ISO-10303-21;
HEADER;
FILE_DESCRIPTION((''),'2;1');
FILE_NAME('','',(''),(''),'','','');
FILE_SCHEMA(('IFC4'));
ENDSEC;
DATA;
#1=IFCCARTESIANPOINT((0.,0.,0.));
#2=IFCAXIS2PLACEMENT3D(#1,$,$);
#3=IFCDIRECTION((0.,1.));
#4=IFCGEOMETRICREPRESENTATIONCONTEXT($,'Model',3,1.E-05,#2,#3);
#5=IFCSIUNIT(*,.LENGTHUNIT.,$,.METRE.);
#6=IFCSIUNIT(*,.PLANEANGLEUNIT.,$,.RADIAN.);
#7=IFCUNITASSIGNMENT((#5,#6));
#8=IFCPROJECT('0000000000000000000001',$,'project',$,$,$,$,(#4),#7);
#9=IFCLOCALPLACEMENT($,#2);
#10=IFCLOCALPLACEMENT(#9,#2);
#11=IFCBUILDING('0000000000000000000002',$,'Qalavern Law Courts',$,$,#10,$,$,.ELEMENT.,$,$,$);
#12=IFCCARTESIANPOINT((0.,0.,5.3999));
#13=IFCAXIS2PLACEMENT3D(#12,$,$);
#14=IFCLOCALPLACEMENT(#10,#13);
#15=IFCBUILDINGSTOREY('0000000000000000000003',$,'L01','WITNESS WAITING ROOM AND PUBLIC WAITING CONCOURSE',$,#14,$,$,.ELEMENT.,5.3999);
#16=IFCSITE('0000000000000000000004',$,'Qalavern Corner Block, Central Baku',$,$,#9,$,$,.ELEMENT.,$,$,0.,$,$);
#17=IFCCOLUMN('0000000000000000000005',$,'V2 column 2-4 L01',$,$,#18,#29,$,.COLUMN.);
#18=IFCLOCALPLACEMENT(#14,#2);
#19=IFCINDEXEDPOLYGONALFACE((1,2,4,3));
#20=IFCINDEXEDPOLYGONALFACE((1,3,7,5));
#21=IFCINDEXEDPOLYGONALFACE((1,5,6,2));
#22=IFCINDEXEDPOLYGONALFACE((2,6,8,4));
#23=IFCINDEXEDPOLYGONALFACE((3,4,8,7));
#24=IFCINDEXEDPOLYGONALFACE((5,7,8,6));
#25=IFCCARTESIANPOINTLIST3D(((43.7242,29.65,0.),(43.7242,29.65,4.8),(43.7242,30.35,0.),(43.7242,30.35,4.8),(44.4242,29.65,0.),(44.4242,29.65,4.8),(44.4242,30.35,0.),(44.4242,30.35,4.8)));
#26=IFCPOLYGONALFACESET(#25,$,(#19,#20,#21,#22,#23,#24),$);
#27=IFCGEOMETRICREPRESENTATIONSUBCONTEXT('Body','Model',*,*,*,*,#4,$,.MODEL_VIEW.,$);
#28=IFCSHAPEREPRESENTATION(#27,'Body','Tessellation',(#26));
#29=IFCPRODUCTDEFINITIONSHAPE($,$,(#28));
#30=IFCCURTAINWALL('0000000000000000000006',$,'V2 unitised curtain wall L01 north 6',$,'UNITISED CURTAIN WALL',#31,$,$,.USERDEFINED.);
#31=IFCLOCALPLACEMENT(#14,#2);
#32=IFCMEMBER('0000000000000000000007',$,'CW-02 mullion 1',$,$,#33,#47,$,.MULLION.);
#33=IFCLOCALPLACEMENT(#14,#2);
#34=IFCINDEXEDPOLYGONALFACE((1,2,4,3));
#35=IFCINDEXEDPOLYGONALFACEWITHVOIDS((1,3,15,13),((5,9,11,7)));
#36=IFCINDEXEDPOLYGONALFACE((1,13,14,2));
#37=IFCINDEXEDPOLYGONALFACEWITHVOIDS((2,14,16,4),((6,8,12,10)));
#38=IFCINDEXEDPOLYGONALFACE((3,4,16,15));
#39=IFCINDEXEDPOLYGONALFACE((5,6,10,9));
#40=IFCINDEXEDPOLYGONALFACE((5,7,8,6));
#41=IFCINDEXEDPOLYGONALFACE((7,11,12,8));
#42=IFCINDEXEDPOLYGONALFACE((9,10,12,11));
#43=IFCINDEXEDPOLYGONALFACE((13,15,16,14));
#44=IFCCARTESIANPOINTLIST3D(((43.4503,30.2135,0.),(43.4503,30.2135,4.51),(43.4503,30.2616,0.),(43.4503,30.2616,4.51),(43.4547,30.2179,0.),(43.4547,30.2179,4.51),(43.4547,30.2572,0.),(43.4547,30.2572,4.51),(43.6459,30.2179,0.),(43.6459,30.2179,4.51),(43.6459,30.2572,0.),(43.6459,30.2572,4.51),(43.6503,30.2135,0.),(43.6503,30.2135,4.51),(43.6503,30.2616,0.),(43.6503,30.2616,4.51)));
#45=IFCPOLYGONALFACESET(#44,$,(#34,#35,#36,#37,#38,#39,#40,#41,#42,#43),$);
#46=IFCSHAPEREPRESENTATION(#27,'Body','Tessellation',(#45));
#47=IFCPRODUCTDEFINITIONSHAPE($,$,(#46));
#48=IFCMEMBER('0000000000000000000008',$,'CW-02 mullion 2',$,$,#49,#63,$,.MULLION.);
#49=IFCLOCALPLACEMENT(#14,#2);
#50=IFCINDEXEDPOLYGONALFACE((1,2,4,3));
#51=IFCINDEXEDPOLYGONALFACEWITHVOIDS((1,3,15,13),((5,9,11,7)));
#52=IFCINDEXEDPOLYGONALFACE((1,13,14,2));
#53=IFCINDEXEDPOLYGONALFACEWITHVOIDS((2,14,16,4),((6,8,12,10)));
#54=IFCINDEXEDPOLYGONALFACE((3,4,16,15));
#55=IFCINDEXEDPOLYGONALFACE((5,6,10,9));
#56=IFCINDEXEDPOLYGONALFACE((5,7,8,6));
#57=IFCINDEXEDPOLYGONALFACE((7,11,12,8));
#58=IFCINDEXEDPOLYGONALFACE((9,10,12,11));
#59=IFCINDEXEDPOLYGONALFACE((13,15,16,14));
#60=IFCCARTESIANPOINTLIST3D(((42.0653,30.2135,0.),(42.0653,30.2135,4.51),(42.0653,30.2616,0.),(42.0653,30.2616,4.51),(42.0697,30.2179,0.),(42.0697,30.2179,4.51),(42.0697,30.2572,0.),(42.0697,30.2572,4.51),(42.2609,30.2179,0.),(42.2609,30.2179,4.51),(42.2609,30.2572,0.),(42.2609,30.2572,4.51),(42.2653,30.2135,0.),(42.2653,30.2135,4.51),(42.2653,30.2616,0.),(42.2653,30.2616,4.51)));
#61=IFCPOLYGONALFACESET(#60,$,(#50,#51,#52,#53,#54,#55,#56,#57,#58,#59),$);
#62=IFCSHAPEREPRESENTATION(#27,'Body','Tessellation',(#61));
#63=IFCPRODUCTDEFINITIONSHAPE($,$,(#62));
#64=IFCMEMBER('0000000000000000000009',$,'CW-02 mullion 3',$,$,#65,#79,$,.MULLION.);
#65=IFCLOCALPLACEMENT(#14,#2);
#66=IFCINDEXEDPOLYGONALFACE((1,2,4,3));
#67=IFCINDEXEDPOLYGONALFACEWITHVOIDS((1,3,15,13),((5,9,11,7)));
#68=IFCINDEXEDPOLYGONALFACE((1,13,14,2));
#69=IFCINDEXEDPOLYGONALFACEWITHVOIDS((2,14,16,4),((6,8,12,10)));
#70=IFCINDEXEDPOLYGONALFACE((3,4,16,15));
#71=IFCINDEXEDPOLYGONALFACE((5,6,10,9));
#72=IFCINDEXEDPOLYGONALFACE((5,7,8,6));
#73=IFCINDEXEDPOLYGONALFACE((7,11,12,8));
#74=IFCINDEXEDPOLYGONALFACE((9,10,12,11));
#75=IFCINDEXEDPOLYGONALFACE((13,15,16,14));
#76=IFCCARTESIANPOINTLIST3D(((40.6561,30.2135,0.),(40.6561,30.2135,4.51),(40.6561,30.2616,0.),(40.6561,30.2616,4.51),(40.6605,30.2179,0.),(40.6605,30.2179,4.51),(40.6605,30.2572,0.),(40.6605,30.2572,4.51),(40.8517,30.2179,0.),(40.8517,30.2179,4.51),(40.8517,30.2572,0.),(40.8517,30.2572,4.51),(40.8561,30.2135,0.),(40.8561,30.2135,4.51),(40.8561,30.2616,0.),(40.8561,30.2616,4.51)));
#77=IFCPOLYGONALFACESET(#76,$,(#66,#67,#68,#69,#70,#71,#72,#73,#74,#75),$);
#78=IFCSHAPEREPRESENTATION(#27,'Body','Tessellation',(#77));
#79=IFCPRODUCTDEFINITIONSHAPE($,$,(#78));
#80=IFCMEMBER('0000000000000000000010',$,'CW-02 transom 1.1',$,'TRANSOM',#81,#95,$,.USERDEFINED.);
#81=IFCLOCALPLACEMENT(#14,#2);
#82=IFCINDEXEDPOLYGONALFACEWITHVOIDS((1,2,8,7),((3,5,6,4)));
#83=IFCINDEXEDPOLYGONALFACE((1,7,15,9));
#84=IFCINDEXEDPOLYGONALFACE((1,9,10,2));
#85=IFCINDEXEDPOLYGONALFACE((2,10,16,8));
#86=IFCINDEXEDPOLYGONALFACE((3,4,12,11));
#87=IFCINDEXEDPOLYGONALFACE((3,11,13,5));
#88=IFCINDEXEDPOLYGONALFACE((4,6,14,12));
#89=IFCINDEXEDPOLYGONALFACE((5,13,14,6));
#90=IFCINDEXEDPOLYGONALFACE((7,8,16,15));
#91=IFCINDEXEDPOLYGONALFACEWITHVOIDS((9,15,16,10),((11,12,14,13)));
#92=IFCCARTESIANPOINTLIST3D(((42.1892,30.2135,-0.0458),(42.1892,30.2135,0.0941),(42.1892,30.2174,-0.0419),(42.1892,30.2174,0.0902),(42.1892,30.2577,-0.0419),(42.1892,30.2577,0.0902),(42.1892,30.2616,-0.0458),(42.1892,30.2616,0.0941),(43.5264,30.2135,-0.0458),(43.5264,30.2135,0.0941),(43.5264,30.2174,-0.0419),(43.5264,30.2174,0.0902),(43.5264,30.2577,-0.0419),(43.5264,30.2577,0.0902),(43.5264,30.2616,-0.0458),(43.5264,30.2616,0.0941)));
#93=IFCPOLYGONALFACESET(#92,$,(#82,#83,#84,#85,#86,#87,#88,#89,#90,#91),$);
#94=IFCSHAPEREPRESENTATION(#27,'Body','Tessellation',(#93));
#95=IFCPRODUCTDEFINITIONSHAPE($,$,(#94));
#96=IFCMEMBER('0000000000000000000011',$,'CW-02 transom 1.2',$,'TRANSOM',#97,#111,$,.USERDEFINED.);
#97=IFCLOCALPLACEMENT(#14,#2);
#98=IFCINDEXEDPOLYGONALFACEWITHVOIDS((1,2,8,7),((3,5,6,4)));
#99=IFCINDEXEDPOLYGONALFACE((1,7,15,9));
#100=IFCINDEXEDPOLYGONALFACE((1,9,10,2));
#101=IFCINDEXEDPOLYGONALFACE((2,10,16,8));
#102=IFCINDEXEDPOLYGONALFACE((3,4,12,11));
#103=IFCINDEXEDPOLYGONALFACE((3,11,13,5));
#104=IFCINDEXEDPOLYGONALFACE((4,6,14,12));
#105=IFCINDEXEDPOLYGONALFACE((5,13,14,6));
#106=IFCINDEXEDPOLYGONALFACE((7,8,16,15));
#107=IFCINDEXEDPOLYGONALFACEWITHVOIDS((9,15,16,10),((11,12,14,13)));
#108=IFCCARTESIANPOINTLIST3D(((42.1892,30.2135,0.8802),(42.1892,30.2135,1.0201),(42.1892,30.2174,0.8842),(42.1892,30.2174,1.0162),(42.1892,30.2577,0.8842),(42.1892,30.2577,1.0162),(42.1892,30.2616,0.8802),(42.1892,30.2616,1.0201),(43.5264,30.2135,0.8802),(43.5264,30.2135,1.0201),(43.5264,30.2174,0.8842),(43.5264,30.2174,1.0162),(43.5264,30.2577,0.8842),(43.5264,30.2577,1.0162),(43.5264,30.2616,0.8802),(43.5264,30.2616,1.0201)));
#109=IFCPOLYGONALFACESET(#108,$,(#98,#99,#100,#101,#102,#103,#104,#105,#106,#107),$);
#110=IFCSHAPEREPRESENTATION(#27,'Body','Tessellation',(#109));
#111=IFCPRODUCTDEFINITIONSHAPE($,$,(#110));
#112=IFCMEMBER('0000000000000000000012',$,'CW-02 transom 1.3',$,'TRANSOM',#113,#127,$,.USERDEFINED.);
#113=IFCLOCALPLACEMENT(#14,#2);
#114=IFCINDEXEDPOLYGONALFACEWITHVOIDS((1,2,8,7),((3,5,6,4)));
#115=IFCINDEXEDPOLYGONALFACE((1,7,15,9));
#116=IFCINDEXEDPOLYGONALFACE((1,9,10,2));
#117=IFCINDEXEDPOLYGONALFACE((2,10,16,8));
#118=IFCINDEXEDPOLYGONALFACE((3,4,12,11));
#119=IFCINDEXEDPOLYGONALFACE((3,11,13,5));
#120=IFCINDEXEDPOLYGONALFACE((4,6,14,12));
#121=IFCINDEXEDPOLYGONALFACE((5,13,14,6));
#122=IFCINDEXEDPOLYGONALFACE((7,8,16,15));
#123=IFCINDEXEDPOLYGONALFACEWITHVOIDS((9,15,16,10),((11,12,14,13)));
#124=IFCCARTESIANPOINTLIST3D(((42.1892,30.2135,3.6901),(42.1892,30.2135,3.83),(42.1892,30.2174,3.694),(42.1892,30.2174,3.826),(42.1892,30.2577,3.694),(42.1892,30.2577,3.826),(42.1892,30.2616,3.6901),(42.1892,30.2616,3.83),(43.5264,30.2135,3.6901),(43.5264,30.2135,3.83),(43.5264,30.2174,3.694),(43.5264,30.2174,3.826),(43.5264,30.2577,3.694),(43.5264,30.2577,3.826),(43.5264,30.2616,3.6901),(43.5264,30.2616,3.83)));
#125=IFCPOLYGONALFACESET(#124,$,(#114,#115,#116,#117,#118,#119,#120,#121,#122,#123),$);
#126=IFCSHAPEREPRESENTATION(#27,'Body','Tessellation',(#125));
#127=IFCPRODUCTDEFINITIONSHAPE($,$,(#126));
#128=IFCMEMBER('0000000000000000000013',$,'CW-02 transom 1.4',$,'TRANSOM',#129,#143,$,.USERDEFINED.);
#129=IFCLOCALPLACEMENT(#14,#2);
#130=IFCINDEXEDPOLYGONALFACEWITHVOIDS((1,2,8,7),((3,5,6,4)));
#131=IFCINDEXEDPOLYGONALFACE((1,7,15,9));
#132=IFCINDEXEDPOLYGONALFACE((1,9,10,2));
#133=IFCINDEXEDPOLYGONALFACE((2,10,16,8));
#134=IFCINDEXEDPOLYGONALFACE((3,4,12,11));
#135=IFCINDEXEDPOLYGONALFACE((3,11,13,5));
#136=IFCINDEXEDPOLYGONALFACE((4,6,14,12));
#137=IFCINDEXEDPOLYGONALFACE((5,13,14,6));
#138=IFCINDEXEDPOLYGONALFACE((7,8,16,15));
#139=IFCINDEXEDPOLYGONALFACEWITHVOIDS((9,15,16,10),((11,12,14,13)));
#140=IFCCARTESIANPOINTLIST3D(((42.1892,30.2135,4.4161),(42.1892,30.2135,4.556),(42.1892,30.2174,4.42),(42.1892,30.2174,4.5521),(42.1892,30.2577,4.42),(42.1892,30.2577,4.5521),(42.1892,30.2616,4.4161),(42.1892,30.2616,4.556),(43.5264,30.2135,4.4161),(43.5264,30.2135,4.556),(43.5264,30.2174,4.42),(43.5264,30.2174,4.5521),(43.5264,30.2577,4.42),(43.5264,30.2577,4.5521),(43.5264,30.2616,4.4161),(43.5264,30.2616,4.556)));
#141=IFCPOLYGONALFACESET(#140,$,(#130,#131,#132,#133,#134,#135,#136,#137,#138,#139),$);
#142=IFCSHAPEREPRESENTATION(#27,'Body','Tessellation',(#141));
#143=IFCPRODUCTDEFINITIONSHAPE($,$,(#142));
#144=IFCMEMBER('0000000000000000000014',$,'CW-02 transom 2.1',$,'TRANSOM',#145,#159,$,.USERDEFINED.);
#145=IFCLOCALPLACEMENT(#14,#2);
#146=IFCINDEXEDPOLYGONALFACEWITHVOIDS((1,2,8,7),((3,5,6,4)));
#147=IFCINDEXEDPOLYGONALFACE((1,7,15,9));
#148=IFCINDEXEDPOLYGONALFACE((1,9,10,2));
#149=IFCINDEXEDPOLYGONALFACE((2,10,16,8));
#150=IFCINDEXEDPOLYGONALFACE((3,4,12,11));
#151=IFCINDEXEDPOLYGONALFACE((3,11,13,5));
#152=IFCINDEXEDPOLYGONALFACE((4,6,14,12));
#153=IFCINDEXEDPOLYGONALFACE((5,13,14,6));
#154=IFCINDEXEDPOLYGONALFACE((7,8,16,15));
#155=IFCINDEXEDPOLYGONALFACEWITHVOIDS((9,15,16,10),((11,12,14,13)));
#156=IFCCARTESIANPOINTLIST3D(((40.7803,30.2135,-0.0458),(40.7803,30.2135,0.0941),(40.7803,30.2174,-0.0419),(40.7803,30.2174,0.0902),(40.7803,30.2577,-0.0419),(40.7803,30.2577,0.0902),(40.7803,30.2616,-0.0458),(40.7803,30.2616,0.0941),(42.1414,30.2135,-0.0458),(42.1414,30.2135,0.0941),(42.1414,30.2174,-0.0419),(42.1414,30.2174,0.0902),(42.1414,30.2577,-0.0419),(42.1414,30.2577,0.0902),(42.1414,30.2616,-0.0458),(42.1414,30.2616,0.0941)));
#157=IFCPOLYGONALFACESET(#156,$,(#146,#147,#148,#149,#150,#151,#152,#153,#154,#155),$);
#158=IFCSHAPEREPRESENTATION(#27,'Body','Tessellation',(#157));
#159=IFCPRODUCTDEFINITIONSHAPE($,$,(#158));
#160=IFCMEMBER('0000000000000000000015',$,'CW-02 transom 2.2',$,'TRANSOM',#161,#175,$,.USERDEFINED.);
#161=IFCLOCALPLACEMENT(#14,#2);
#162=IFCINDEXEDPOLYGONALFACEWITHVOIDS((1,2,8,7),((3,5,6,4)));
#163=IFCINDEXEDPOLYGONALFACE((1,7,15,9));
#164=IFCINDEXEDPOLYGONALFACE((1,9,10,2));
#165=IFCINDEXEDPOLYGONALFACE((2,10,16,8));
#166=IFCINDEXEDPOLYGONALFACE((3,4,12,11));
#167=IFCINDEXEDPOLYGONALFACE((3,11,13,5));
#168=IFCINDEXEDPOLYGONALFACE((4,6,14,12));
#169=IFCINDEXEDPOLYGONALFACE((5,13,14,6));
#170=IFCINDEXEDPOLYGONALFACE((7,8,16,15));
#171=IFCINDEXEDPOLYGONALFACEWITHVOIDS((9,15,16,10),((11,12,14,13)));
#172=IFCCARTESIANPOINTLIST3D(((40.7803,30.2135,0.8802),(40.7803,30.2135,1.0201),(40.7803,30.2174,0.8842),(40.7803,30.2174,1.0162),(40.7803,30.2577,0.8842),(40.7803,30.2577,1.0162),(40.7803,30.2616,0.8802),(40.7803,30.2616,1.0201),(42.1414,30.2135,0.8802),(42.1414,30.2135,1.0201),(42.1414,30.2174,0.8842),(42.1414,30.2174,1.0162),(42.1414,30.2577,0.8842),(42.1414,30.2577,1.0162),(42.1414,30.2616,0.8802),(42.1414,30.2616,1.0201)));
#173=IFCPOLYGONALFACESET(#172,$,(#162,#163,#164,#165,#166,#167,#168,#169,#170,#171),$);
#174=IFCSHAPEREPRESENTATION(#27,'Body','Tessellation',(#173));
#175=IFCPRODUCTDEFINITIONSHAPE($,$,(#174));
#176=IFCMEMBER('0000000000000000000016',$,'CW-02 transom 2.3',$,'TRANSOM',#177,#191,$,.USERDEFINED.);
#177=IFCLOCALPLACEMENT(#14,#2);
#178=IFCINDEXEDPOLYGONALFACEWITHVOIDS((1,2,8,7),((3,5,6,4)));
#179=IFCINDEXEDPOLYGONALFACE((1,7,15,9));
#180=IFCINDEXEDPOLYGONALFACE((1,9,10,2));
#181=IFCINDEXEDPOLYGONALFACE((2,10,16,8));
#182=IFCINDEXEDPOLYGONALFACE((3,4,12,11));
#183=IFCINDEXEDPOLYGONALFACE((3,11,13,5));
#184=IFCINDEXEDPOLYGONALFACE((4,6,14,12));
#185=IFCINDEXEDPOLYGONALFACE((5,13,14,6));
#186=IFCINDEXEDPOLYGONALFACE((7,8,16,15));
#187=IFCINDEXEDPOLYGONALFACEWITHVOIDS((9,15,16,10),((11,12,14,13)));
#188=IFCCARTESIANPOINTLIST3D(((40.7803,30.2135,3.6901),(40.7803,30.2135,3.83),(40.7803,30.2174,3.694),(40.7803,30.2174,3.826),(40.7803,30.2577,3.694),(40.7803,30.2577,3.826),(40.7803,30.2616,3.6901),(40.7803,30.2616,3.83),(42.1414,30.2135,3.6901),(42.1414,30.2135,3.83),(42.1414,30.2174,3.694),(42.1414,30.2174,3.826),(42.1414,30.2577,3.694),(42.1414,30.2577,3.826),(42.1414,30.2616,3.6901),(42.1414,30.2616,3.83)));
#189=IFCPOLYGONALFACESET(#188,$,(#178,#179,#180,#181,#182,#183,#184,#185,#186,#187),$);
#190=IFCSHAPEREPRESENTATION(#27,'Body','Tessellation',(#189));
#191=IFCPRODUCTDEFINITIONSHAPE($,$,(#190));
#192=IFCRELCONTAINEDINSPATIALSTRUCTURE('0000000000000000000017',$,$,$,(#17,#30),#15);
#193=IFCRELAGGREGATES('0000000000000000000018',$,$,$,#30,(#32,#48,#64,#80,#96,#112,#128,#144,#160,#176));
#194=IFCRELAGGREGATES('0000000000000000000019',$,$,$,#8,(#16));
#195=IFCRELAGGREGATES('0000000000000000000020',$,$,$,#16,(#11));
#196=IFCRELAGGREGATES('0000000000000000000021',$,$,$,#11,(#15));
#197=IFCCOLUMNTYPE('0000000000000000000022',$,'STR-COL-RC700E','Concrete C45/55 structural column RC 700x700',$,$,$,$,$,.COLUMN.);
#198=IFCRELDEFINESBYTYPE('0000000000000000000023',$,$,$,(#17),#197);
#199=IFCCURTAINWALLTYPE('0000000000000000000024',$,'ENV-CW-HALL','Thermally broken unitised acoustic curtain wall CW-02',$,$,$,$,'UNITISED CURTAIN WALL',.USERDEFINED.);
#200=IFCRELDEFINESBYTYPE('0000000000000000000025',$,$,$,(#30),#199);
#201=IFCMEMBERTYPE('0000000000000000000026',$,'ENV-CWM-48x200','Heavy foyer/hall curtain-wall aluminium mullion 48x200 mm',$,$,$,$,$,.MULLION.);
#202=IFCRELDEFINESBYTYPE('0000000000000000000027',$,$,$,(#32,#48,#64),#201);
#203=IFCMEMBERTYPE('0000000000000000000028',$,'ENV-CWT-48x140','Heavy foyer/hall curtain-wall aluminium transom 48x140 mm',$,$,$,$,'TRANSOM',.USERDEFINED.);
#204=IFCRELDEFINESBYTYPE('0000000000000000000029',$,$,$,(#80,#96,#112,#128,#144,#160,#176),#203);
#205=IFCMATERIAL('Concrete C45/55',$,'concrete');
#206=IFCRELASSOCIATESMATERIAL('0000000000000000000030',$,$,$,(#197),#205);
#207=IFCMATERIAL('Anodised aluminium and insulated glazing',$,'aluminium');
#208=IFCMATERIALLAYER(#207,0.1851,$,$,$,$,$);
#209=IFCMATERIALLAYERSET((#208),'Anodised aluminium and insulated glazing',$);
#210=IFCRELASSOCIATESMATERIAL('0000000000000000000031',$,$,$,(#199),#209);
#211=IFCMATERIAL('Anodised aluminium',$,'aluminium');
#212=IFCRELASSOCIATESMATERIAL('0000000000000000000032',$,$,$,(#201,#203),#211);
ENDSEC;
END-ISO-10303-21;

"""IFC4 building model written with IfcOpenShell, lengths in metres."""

from ifc_helpers import new_model, si_unit, direction, frame, origin, origin_2d, place, context, subcontext, project, spatial, rectangle, hollow_rectangle, extrude, material, layer, layer_set, material_profile, profile_set, type_object, element, aggregate, save


model = new_model("IFC4")

# Units and contexts
model_context = context("Model", 3, precision=1e-05, world=origin(), true_north=direction((0.0, 1.0)))
body_context = subcontext(model_context, "Body", "Model", "MODEL_VIEW")
ifc_project = project(units=[si_unit("LENGTHUNIT", "METRE"), si_unit("PLANEANGLEUNIT", "RADIAN")], contexts=[model_context])

# Site, building, storey
site_placement = place(None, origin())
site = spatial("IfcSite", under=ifc_project, at=site_placement, Name="Qalavern Corner Block, Central Baku", CompositionType="ELEMENT", RefElevation=0.0)
building_placement = place(site_placement, origin())
building = spatial("IfcBuilding", under=site, at=building_placement, Name="Qalavern Law Courts", CompositionType="ELEMENT")
storey_placement = place(building_placement, frame((0.0, 0.0, 5.3999)))
storey = spatial("IfcBuildingStorey", under=building, at=storey_placement, Name="L01", Description="WITNESS WAITING ROOM AND PUBLIC WAITING CONCOURSE", CompositionType="ELEMENT", Elevation=5.3999)

# Column
ifc_material_1 = material(Name="Concrete C45/55", Category="concrete")
ifc_material_profile_1 = material_profile(ifc_material_1, rectangle(XDim=0.7, YDim=0.7, at=origin_2d()), Name="RC 700x700")
ifc_profile_set_1 = profile_set([ifc_material_profile_1], Name="Concrete C45/55")
column_type = type_object("IfcColumnType", Name="STR-COL-RC700E", Description="Concrete C45/55 structural column RC 700x700", PredefinedType="COLUMN", material=ifc_profile_set_1)
column_placement = place(storey_placement, frame((44.0742, 30.0, 0.0), z_axis=(0.0, 0.0, 1.0), x_axis=(1.0, 0.0, 0.0)))
element("IfcColumn", 1, at=column_placement, inside=storey, type_object=column_type, Name="V2 column 2-4 L01", PredefinedType="COLUMN", context=body_context, shape_type="SweptSolid", body=[
    extrude(rectangle(XDim=0.7, YDim=0.7, at=origin_2d()), origin(), (0.0, 0.0, 1.0), 4.8),
])

# Curtain wall, members
ifc_material_2 = material(Name="Anodised aluminium and insulated glazing", Category="aluminium")
ifc_layer_1 = layer(ifc_material_2, 0.1851)
ifc_layer_set_1 = layer_set([ifc_layer_1], Name="Anodised aluminium and insulated glazing")
curtain_wall_type = type_object("IfcCurtainWallType", Name="ENV-CW-HALL", Description="Thermally broken unitised acoustic curtain wall CW-02", ElementType="UNITISED CURTAIN WALL", PredefinedType="USERDEFINED", material=ifc_layer_set_1)
curtain_wall_placement = place(storey_placement, origin())
curtain_wall = element("IfcCurtainWall", 2, at=curtain_wall_placement, inside=storey, type_object=curtain_wall_type, Name="V2 unitised curtain wall L01 north 6", ObjectType="UNITISED CURTAIN WALL", PredefinedType="USERDEFINED")
ifc_material_3 = material(Name="Anodised aluminium", Category="aluminium")
ifc_material_profile_2 = material_profile(ifc_material_3, hollow_rectangle(XDim=0.0481, YDim=0.2, WallThickness=0.0044, at=origin_2d()), Name="ALU MULLION 48x200")
ifc_profile_set_2 = profile_set([ifc_material_profile_2], Name="Anodised aluminium")
member_type_1 = type_object("IfcMemberType", Name="ENV-CWM-48x200", Description="Heavy foyer/hall curtain-wall aluminium mullion 48x200 mm", PredefinedType="MULLION", material=ifc_profile_set_2)
member_1_placement = place(storey_placement, frame((43.5503, 30.2375, 0.0), z_axis=(0.0, 0.0, 1.0), x_axis=(0.0, -1.0, 0.0)))
member_1 = element("IfcMember", 3, at=member_1_placement, type_object=member_type_1, Name="CW-02 mullion 1", PredefinedType="MULLION", context=body_context, shape_type="SweptSolid", body=[
    extrude(hollow_rectangle(XDim=0.0481, YDim=0.2, WallThickness=0.0044, at=origin_2d()), origin(), (0.0, 0.0, 1.0), 4.51),
])
member_2_placement = place(storey_placement, frame((42.1653, 30.2375, 0.0), z_axis=(0.0, 0.0, 1.0), x_axis=(0.0, -1.0, 0.0)))
member_2 = element("IfcMember", 4, at=member_2_placement, type_object=member_type_1, Name="CW-02 mullion 2", PredefinedType="MULLION", context=body_context, shape_type="SweptSolid", body=[
    extrude(hollow_rectangle(XDim=0.0481, YDim=0.2, WallThickness=0.0044, at=origin_2d()), origin(), (0.0, 0.0, 1.0), 4.51),
])
member_3_placement = place(storey_placement, frame((40.7561, 30.2375, 0.0), z_axis=(0.0, 0.0, 1.0), x_axis=(0.0, -1.0, 0.0)))
member_3 = element("IfcMember", 5, at=member_3_placement, type_object=member_type_1, Name="CW-02 mullion 3", PredefinedType="MULLION", context=body_context, shape_type="SweptSolid", body=[
    extrude(hollow_rectangle(XDim=0.0481, YDim=0.2, WallThickness=0.0044, at=origin_2d()), origin(), (0.0, 0.0, 1.0), 4.51),
])
ifc_material_profile_3 = material_profile(ifc_material_3, hollow_rectangle(XDim=0.0481, YDim=0.1399, WallThickness=0.0039, at=origin_2d()), Name="ALU TRANSOM 48x140")
ifc_profile_set_3 = profile_set([ifc_material_profile_3], Name="Anodised aluminium")
member_type_2 = type_object("IfcMemberType", Name="ENV-CWT-48x140", Description="Heavy foyer/hall curtain-wall aluminium transom 48x140 mm", ElementType="TRANSOM", PredefinedType="USERDEFINED", material=ifc_profile_set_3)
member_4_placement = place(storey_placement, frame((43.5264, 30.2375, 0.0242), z_axis=(-1.0, 0.0, 0.0), x_axis=(0.0, -1.0, 0.0)))
member_4 = element("IfcMember", 6, at=member_4_placement, type_object=member_type_2, Name="CW-02 transom 1.1", ObjectType="TRANSOM", PredefinedType="USERDEFINED", context=body_context, shape_type="SweptSolid", body=[
    extrude(hollow_rectangle(XDim=0.0481, YDim=0.1399, WallThickness=0.0039, at=origin_2d()), origin(), (0.0, 0.0, 1.0), 1.3372),
])
member_5_placement = place(storey_placement, frame((43.5264, 30.2375, 0.9502), z_axis=(-1.0, 0.0, 0.0), x_axis=(0.0, -1.0, 0.0)))
member_5 = element("IfcMember", 7, at=member_5_placement, type_object=member_type_2, Name="CW-02 transom 1.2", ObjectType="TRANSOM", PredefinedType="USERDEFINED", context=body_context, shape_type="SweptSolid", body=[
    extrude(hollow_rectangle(XDim=0.0481, YDim=0.1399, WallThickness=0.0039, at=origin_2d()), origin(), (0.0, 0.0, 1.0), 1.3372),
])
member_6_placement = place(storey_placement, frame((43.5264, 30.2375, 3.76), z_axis=(-1.0, 0.0, 0.0), x_axis=(0.0, -1.0, 0.0)))
member_6 = element("IfcMember", 8, at=member_6_placement, type_object=member_type_2, Name="CW-02 transom 1.3", ObjectType="TRANSOM", PredefinedType="USERDEFINED", context=body_context, shape_type="SweptSolid", body=[
    extrude(hollow_rectangle(XDim=0.0481, YDim=0.1399, WallThickness=0.0039, at=origin_2d()), origin(), (0.0, 0.0, 1.0), 1.3372),
])
member_7_placement = place(storey_placement, frame((43.5264, 30.2375, 4.4861), z_axis=(-1.0, 0.0, 0.0), x_axis=(0.0, -1.0, 0.0)))
member_7 = element("IfcMember", 9, at=member_7_placement, type_object=member_type_2, Name="CW-02 transom 1.4", ObjectType="TRANSOM", PredefinedType="USERDEFINED", context=body_context, shape_type="SweptSolid", body=[
    extrude(hollow_rectangle(XDim=0.0481, YDim=0.1399, WallThickness=0.0039, at=origin_2d()), origin(), (0.0, 0.0, 1.0), 1.3372),
])
member_8_placement = place(storey_placement, frame((42.1414, 30.2375, 0.0242), z_axis=(-1.0, 0.0, 0.0), x_axis=(0.0, -1.0, 0.0)))
member_8 = element("IfcMember", 10, at=member_8_placement, type_object=member_type_2, Name="CW-02 transom 2.1", ObjectType="TRANSOM", PredefinedType="USERDEFINED", context=body_context, shape_type="SweptSolid", body=[
    extrude(hollow_rectangle(XDim=0.0481, YDim=0.1399, WallThickness=0.0039, at=origin_2d()), origin(), (0.0, 0.0, 1.0), 1.3611),
])
member_9_placement = place(storey_placement, frame((42.1414, 30.2375, 0.9502), z_axis=(-1.0, 0.0, 0.0), x_axis=(0.0, -1.0, 0.0)))
member_9 = element("IfcMember", 11, at=member_9_placement, type_object=member_type_2, Name="CW-02 transom 2.2", ObjectType="TRANSOM", PredefinedType="USERDEFINED", context=body_context, shape_type="SweptSolid", body=[
    extrude(hollow_rectangle(XDim=0.0481, YDim=0.1399, WallThickness=0.0039, at=origin_2d()), origin(), (0.0, 0.0, 1.0), 1.3611),
])
member_10_placement = place(storey_placement, frame((42.1414, 30.2375, 3.76), z_axis=(-1.0, 0.0, 0.0), x_axis=(0.0, -1.0, 0.0)))
member_10 = element("IfcMember", 12, at=member_10_placement, type_object=member_type_2, Name="CW-02 transom 2.3", ObjectType="TRANSOM", PredefinedType="USERDEFINED", context=body_context, shape_type="SweptSolid", body=[
    extrude(hollow_rectangle(XDim=0.0481, YDim=0.1399, WallThickness=0.0039, at=origin_2d()), origin(), (0.0, 0.0, 1.0), 1.3611),
])

aggregate(curtain_wall, [member_1, member_2, member_3, member_4, member_5, member_6, member_7, member_8, member_9, member_10])

save(model, "model.ifc")
